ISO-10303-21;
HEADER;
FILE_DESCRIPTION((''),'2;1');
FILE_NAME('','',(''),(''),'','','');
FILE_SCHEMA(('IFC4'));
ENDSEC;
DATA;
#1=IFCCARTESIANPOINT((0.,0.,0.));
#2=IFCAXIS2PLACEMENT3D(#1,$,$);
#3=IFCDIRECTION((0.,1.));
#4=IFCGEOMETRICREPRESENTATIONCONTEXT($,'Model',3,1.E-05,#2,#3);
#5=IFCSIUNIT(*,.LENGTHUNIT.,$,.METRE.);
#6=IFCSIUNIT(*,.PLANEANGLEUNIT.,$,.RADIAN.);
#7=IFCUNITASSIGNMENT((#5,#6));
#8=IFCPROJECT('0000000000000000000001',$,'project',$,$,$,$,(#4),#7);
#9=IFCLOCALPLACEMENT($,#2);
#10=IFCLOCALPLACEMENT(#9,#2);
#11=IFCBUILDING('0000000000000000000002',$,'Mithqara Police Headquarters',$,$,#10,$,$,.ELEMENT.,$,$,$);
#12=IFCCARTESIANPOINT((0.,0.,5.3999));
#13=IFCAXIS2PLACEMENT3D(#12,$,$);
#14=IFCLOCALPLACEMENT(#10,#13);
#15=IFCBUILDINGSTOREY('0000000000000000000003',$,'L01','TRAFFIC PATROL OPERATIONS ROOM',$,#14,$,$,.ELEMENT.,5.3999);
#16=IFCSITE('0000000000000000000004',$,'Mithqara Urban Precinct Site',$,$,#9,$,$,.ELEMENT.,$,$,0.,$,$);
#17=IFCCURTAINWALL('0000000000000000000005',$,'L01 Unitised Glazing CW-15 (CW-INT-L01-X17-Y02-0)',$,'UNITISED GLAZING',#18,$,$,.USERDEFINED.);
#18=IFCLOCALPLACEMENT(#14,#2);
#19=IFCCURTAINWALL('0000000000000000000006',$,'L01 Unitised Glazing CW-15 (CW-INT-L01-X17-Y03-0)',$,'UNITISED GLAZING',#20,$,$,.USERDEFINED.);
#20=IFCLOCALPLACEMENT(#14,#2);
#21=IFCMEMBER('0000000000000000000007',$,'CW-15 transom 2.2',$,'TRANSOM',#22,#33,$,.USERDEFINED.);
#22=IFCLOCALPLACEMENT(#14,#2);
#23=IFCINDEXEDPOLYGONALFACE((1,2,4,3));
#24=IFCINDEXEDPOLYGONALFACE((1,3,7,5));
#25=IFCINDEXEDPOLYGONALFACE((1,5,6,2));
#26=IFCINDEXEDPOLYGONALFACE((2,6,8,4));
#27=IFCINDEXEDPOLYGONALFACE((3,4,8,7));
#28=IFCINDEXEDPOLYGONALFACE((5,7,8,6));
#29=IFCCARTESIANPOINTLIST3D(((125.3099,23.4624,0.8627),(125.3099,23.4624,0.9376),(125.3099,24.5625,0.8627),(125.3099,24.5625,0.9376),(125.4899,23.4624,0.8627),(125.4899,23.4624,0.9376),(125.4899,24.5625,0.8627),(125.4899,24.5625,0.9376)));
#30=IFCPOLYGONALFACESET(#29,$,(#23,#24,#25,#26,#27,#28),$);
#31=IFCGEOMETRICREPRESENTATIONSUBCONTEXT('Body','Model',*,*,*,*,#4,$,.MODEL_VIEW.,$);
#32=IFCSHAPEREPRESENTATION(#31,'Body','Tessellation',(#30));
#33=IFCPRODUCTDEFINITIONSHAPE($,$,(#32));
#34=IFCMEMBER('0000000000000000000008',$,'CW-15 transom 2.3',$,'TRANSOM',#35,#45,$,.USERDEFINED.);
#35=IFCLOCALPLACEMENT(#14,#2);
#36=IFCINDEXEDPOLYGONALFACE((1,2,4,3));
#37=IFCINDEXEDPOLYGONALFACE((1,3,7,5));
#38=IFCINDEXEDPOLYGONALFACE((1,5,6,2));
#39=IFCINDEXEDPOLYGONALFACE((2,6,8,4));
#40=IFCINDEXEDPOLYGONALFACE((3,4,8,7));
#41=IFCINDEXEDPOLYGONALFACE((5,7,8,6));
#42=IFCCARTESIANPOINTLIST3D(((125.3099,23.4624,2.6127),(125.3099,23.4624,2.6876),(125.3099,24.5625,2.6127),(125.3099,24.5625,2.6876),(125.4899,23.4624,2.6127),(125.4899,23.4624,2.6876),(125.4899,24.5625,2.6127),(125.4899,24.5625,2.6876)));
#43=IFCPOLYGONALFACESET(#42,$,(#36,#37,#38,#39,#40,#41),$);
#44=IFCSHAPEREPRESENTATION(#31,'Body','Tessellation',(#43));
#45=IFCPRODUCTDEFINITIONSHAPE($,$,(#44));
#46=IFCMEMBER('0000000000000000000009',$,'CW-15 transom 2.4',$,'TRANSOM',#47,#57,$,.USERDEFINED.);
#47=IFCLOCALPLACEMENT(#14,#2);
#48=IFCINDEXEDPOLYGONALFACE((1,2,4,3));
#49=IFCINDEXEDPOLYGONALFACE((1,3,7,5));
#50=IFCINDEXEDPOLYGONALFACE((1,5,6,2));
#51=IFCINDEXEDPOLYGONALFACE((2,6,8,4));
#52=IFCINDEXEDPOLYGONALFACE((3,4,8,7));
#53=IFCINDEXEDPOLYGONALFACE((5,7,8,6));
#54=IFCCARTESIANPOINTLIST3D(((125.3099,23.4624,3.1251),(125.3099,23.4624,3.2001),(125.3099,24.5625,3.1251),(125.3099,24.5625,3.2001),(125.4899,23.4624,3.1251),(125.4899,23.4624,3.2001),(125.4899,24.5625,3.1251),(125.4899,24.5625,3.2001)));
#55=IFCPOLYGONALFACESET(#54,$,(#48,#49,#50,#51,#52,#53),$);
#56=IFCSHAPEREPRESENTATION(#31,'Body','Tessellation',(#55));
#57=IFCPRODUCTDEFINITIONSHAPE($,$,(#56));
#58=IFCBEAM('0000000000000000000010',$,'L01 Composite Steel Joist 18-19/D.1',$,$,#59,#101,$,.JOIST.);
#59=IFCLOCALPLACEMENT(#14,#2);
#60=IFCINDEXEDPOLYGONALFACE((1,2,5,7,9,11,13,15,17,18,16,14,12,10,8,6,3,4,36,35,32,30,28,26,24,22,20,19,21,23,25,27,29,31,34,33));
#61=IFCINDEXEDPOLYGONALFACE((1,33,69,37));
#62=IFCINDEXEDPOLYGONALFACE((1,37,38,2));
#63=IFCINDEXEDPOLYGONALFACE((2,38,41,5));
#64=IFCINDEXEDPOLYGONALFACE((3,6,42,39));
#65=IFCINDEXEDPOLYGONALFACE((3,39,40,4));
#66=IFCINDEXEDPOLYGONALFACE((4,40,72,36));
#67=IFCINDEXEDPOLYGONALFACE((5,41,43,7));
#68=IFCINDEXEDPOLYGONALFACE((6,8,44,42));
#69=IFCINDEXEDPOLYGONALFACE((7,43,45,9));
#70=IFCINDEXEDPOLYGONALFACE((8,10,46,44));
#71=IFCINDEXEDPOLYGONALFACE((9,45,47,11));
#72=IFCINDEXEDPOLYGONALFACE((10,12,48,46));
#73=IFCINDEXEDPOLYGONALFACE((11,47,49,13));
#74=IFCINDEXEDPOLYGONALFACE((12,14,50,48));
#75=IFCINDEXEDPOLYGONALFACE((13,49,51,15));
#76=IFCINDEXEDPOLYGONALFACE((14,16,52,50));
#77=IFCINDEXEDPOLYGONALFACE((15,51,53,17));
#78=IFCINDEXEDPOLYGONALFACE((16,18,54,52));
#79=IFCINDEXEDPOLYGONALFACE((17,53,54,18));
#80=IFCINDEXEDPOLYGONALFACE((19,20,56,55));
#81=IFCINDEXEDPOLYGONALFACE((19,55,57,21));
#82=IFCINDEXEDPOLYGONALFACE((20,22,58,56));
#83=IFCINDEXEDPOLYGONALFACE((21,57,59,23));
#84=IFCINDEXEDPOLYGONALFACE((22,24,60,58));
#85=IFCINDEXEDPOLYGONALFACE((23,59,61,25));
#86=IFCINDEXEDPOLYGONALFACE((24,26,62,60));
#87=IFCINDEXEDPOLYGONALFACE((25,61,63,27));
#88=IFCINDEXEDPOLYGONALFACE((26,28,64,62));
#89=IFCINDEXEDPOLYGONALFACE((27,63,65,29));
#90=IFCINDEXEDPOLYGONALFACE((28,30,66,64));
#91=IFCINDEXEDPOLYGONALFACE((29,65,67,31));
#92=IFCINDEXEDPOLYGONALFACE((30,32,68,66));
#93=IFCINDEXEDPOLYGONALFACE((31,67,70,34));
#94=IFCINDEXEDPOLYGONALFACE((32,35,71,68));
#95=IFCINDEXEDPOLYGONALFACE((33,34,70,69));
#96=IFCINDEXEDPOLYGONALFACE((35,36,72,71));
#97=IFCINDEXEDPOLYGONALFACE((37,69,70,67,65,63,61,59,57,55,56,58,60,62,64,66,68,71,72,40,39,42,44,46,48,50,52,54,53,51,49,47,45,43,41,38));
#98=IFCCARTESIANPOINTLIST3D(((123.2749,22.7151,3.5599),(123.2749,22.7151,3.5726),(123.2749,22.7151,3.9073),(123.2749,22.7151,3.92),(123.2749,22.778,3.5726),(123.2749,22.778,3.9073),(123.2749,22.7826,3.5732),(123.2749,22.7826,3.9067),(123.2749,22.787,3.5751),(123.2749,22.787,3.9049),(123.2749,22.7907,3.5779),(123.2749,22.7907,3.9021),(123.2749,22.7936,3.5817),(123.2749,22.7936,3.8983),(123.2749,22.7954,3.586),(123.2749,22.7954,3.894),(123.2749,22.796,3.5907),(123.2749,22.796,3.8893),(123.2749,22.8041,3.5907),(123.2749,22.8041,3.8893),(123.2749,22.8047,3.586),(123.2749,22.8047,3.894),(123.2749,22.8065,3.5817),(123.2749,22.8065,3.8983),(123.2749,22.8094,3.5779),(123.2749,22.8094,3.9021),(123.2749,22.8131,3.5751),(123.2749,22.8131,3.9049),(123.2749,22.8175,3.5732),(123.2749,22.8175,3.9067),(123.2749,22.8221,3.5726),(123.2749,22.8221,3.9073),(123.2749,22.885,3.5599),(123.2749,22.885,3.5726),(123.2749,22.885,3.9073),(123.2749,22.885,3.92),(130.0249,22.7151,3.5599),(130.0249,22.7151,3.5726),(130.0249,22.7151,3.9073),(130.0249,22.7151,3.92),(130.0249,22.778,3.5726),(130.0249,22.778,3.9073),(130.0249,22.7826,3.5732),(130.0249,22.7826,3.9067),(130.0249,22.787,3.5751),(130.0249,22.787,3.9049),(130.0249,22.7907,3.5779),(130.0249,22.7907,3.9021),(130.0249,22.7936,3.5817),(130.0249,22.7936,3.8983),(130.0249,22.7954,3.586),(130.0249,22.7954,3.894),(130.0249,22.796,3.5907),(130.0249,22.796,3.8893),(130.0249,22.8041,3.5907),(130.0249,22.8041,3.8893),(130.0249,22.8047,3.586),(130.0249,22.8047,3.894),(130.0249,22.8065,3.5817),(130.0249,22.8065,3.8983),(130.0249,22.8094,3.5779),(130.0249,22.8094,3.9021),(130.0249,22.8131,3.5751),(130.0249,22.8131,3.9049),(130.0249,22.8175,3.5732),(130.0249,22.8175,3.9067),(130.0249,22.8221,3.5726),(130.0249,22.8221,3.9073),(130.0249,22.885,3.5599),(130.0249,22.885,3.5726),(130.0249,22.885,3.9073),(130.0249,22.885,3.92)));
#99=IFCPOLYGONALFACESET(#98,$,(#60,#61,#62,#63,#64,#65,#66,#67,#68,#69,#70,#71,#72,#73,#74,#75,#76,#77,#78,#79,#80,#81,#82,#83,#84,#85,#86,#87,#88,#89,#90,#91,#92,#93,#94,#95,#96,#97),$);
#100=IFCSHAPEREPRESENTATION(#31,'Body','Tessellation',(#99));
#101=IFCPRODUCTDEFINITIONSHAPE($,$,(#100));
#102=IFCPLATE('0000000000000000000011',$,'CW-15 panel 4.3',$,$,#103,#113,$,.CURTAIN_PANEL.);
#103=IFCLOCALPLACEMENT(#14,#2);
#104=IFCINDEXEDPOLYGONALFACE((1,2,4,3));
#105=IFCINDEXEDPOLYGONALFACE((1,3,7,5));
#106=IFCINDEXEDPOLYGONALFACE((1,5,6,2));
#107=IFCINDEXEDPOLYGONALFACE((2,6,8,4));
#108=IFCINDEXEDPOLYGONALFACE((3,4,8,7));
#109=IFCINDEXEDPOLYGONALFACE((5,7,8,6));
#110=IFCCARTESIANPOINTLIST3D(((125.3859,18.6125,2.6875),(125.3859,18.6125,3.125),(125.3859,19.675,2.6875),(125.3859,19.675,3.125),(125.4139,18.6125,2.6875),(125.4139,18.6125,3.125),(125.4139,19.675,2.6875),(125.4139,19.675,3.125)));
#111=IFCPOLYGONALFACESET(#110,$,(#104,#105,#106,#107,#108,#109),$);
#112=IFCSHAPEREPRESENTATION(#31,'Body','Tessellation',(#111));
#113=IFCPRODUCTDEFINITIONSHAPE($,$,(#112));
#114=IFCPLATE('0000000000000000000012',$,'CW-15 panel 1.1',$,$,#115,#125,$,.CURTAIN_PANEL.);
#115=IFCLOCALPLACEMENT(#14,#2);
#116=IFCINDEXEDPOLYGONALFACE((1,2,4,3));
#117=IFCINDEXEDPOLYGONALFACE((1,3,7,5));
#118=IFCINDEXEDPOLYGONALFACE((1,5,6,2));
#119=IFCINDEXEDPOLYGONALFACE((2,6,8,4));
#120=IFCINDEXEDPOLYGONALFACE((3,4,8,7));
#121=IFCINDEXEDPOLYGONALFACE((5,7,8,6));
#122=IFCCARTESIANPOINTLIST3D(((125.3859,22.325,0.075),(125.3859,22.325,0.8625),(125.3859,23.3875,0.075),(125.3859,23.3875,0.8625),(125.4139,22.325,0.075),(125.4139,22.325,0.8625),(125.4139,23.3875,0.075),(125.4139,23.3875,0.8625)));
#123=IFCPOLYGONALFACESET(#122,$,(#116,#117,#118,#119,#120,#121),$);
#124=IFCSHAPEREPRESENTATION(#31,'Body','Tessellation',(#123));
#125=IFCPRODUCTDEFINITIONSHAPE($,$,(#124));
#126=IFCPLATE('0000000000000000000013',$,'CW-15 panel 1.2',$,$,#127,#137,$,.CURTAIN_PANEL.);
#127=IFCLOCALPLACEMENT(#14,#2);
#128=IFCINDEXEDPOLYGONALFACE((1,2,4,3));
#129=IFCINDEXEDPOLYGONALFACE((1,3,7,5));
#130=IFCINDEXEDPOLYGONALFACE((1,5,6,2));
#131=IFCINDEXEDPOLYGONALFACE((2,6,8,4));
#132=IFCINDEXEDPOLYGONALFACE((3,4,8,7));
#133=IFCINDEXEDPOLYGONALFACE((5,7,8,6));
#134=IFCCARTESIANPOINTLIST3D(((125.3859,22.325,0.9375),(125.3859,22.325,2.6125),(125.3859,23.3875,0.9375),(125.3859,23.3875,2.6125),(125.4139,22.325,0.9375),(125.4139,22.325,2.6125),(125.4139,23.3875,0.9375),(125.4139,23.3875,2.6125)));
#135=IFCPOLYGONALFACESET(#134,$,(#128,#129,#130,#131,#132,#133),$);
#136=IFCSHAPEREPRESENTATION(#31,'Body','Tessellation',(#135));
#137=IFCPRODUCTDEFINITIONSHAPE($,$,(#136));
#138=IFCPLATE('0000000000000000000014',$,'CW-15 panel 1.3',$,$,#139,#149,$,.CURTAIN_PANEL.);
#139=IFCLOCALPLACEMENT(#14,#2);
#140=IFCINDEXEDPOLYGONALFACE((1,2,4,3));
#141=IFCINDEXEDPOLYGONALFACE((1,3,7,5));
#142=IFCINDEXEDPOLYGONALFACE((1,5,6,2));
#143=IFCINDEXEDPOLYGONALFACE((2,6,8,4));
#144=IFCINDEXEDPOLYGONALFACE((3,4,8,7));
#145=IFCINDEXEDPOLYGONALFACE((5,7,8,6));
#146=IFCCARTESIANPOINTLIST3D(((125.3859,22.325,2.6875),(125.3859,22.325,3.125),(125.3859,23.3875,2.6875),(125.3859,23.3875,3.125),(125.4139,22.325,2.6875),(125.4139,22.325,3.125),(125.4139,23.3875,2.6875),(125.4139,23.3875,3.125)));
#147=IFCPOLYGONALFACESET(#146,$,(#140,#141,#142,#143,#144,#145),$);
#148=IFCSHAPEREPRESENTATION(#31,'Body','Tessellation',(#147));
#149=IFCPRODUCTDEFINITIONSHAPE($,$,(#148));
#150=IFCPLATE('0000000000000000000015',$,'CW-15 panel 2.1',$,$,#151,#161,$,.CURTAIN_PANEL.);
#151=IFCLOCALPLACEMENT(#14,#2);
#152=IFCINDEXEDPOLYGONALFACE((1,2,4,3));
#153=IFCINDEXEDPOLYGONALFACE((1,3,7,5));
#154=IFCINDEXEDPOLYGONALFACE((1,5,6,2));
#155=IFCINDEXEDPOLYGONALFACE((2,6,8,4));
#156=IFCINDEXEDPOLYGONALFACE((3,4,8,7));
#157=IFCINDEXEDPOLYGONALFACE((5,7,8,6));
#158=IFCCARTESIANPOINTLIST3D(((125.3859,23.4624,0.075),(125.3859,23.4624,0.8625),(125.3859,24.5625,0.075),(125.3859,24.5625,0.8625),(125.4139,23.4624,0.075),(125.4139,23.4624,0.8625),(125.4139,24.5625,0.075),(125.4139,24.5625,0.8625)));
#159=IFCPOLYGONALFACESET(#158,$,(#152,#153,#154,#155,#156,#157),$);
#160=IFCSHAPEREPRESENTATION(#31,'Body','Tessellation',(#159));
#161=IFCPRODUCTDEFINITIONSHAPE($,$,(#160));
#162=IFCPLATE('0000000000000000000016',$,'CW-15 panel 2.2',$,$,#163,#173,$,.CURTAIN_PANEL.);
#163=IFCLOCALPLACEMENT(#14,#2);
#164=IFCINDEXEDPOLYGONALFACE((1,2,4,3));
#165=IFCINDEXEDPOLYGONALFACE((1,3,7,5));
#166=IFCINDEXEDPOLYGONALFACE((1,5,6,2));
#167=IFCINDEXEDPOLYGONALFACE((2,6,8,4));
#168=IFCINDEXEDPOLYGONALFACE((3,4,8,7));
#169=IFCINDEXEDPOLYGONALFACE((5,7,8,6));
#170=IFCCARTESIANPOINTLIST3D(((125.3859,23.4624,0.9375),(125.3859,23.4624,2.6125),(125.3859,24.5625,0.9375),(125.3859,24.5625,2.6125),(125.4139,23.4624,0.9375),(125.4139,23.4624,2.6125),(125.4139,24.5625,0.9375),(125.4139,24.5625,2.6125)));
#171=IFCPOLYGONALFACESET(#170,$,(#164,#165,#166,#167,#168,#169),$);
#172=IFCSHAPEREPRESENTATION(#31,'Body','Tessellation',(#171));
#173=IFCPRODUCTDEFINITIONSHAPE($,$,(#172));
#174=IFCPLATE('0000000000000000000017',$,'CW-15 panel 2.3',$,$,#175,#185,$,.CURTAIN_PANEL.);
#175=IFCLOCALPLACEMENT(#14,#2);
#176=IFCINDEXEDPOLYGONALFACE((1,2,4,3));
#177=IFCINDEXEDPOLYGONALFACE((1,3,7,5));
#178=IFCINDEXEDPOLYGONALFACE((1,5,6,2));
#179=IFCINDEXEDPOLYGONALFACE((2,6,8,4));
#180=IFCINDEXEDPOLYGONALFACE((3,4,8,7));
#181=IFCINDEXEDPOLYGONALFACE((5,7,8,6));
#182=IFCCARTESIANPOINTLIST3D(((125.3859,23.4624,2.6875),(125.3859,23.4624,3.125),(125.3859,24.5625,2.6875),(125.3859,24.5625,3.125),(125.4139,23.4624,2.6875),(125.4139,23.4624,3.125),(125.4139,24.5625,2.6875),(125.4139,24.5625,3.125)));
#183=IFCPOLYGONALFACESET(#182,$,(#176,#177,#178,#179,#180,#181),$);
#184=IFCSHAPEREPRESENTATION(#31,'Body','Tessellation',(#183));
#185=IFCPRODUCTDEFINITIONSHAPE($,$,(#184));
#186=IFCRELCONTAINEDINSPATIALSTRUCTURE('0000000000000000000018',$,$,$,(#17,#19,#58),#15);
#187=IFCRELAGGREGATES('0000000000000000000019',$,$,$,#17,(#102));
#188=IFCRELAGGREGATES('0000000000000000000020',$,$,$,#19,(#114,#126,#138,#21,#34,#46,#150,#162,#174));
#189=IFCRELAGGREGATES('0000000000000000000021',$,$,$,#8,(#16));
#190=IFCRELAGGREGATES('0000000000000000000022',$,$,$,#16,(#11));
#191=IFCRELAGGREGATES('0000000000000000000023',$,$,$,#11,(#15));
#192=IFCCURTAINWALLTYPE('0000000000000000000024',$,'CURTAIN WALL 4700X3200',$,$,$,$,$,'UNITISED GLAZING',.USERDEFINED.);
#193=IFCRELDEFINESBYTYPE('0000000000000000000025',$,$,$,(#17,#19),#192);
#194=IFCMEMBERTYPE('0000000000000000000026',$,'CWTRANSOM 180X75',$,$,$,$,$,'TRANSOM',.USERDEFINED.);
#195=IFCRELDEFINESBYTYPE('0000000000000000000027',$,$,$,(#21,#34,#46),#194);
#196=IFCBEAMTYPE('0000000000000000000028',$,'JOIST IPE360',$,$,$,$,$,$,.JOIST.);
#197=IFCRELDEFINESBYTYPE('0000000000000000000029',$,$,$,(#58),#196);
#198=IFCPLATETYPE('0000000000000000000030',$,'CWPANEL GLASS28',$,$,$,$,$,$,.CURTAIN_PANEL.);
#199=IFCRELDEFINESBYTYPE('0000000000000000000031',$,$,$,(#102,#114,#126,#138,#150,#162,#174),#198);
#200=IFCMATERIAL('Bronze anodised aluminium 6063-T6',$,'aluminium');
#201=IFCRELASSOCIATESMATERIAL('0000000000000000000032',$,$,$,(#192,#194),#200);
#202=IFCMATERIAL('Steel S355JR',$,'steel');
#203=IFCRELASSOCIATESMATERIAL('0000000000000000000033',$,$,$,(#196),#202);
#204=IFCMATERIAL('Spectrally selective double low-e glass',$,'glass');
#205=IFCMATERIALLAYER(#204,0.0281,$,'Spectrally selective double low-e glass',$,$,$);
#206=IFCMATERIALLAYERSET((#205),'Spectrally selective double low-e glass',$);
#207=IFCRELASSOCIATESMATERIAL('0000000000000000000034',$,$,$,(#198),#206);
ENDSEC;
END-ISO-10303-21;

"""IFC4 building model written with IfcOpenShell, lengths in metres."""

from ifc_helpers import new_model, si_unit, direction, frame, origin, origin_2d, place, context, subcontext, project, spatial, rectangle, i_section, extrude, material, layer, layer_set, material_profile, profile_set, type_object, element, aggregate, save


model = new_model("IFC4")

# Units and contexts
model_context = context("Model", 3, precision=1e-05, world=origin(), true_north=direction((0.0, 1.0)))
body_context = subcontext(model_context, "Body", "Model", "MODEL_VIEW")
ifc_project = project(units=[si_unit("LENGTHUNIT", "METRE"), si_unit("PLANEANGLEUNIT", "RADIAN")], contexts=[model_context])

# Site, building, storey
site_placement = place(None, origin())
site = spatial("IfcSite", under=ifc_project, at=site_placement, Name="Mithqara Urban Precinct Site", CompositionType="ELEMENT", RefElevation=0.0)
building_placement = place(site_placement, origin())
building = spatial("IfcBuilding", under=site, at=building_placement, Name="Mithqara Police Headquarters", CompositionType="ELEMENT")
storey_placement = place(building_placement, frame((0.0, 0.0, 5.3999)))
storey = spatial("IfcBuildingStorey", under=building, at=storey_placement, Name="L01", Description="TRAFFIC PATROL OPERATIONS ROOM", CompositionType="ELEMENT", Elevation=5.3999)

# Shared definitions
ifc_material_1 = material(Name="Steel S355JR", Category="steel")

# Curtain wall
ifc_material_2 = material(Name="Bronze anodised aluminium 6063-T6", Category="aluminium")
curtain_wall_type = type_object("IfcCurtainWallType", Name="CURTAIN WALL 4700X3200", ElementType="UNITISED GLAZING", PredefinedType="USERDEFINED", material=ifc_material_2)
curtain_wall_1_placement = place(storey_placement, origin())
curtain_wall_1 = element("IfcCurtainWall", 1, at=curtain_wall_1_placement, inside=storey, type_object=curtain_wall_type, Name="L01 Unitised Glazing CW-15 (CW-INT-L01-X17-Y02-0)", ObjectType="UNITISED GLAZING", PredefinedType="USERDEFINED")

# Curtain wall, members
curtain_wall_2_placement = place(storey_placement, origin())
curtain_wall_2 = element("IfcCurtainWall", 2, at=curtain_wall_2_placement, inside=storey, type_object=curtain_wall_type, Name="L01 Unitised Glazing CW-15 (CW-INT-L01-X17-Y03-0)", ObjectType="UNITISED GLAZING", PredefinedType="USERDEFINED")
ifc_material_profile_1 = material_profile(ifc_material_2, rectangle(XDim=0.1799, YDim=0.075, at=origin_2d()), Name="CWT 180x75")
ifc_profile_set_1 = profile_set([ifc_material_profile_1], Name="Bronze anodised aluminium 6063-T6")
member_type_1 = type_object("IfcMemberType", Name="CWTRANSOM 180X75", ElementType="TRANSOM", PredefinedType="USERDEFINED", material=ifc_profile_set_1)
member_1_placement = place(storey_placement, frame((125.3999, 23.4624, 0.9001), z_axis=(0.0, 1.0, 0.0), x_axis=(-1.0, 0.0, 0.0)))
member_1 = element("IfcMember", 3, at=member_1_placement, type_object=member_type_1, Name="CW-15 transom 2.2", ObjectType="TRANSOM", PredefinedType="USERDEFINED", context=body_context, shape_type="SweptSolid", body=[
    extrude(rectangle(XDim=0.1799, YDim=0.075, at=origin_2d()), origin(), (0.0, 0.0, 1.0), 1.1001),
])
member_2_placement = place(storey_placement, frame((125.3999, 23.4624, 2.6501), z_axis=(0.0, 1.0, 0.0), x_axis=(-1.0, 0.0, 0.0)))
member_2 = element("IfcMember", 4, at=member_2_placement, type_object=member_type_1, Name="CW-15 transom 2.3", ObjectType="TRANSOM", PredefinedType="USERDEFINED", context=body_context, shape_type="SweptSolid", body=[
    extrude(rectangle(XDim=0.1799, YDim=0.075, at=origin_2d()), origin(), (0.0, 0.0, 1.0), 1.1001),
])
member_3_placement = place(storey_placement, frame((125.3999, 23.4624, 3.1626), z_axis=(0.0, 1.0, 0.0), x_axis=(-1.0, 0.0, 0.0)))
member_3 = element("IfcMember", 5, at=member_3_placement, type_object=member_type_1, Name="CW-15 transom 2.4", ObjectType="TRANSOM", PredefinedType="USERDEFINED", context=body_context, shape_type="SweptSolid", body=[
    extrude(rectangle(XDim=0.1799, YDim=0.075, at=origin_2d()), origin(), (0.0, 0.0, 1.0), 1.1001),
])

# Beam
ifc_material_profile_2 = material_profile(ifc_material_1, i_section(OverallWidth=0.1699, OverallDepth=0.3601, WebThickness=0.0081, FlangeThickness=0.0127, FilletRadius=0.0181, at=origin_2d()), Name="IPE 360")
ifc_profile_set_2 = profile_set([ifc_material_profile_2], Name="Steel S355JR")
beam_type_1 = type_object("IfcBeamType", Name="JOIST IPE360", PredefinedType="JOIST", material=ifc_profile_set_2)
beam_1_placement = place(storey_placement, frame((123.2749, 22.8, 3.74), z_axis=(1.0, 0.0, 0.0), x_axis=(0.0, 1.0, 0.0)))
element("IfcBeam", 6, at=beam_1_placement, inside=storey, type_object=beam_type_1, Name="L01 Composite Steel Joist 18-19/D.1", PredefinedType="JOIST", context=body_context, shape_type="SweptSolid", body=[
    extrude(i_section(OverallWidth=0.1699, OverallDepth=0.3601, WebThickness=0.0081, FlangeThickness=0.0127, FilletRadius=0.0181, at=origin_2d()), origin(), (0.0, 0.0, 1.0), 6.75),
])

# Plates
ifc_material_3 = material(Name="Spectrally selective double low-e glass", Category="glass")
ifc_layer = layer(ifc_material_3, 0.0281, Name="Spectrally selective double low-e glass")
ifc_layer_set = layer_set([ifc_layer], Name="Spectrally selective double low-e glass")
plate_type = type_object("IfcPlateType", Name="CWPANEL GLASS28", PredefinedType="CURTAIN_PANEL", material=ifc_layer_set)
plate_1_placement = place(storey_placement, frame((125.3999, 19.1438, 2.6875), z_axis=(0.0, 0.0, 1.0), x_axis=(0.0, 1.0, 0.0)))
plate_1 = element("IfcPlate", 7, at=plate_1_placement, type_object=plate_type, Name="CW-15 panel 4.3", PredefinedType="CURTAIN_PANEL", context=body_context, shape_type="SweptSolid", body=[
    extrude(rectangle(XDim=1.0625, YDim=0.0281, at=origin_2d()), origin(), (0.0, 0.0, 1.0), 0.4375),
])
aggregate(curtain_wall_1, [plate_1])
plate_2_placement = place(storey_placement, frame((125.3999, 22.8562, 0.075), z_axis=(0.0, 0.0, 1.0), x_axis=(0.0, 1.0, 0.0)))
plate_2 = element("IfcPlate", 8, at=plate_2_placement, type_object=plate_type, Name="CW-15 panel 1.1", PredefinedType="CURTAIN_PANEL", context=body_context, shape_type="SweptSolid", body=[
    extrude(rectangle(XDim=1.0625, YDim=0.0281, at=origin_2d()), origin(), (0.0, 0.0, 1.0), 0.7876),
])
plate_3_placement = place(storey_placement, frame((125.3999, 22.8562, 0.9375), z_axis=(0.0, 0.0, 1.0), x_axis=(0.0, 1.0, 0.0)))
plate_3 = element("IfcPlate", 9, at=plate_3_placement, type_object=plate_type, Name="CW-15 panel 1.2", PredefinedType="CURTAIN_PANEL", context=body_context, shape_type="SweptSolid", body=[
    extrude(rectangle(XDim=1.0625, YDim=0.0281, at=origin_2d()), origin(), (0.0, 0.0, 1.0), 1.675),
])
plate_4_placement = place(storey_placement, frame((125.3999, 22.8562, 2.6875), z_axis=(0.0, 0.0, 1.0), x_axis=(0.0, 1.0, 0.0)))
plate_4 = element("IfcPlate", 10, at=plate_4_placement, type_object=plate_type, Name="CW-15 panel 1.3", PredefinedType="CURTAIN_PANEL", context=body_context, shape_type="SweptSolid", body=[
    extrude(rectangle(XDim=1.0625, YDim=0.0281, at=origin_2d()), origin(), (0.0, 0.0, 1.0), 0.4375),
])
plate_5_placement = place(storey_placement, frame((125.3999, 24.0125, 0.075), z_axis=(0.0, 0.0, 1.0), x_axis=(0.0, 1.0, 0.0)))
plate_5 = element("IfcPlate", 11, at=plate_5_placement, type_object=plate_type, Name="CW-15 panel 2.1", PredefinedType="CURTAIN_PANEL", context=body_context, shape_type="SweptSolid", body=[
    extrude(rectangle(XDim=1.1001, YDim=0.0281, at=origin_2d()), origin(), (0.0, 0.0, 1.0), 0.7876),
])
plate_6_placement = place(storey_placement, frame((125.3999, 24.0125, 0.9375), z_axis=(0.0, 0.0, 1.0), x_axis=(0.0, 1.0, 0.0)))
plate_6 = element("IfcPlate", 12, at=plate_6_placement, type_object=plate_type, Name="CW-15 panel 2.2", PredefinedType="CURTAIN_PANEL", context=body_context, shape_type="SweptSolid", body=[
    extrude(rectangle(XDim=1.1001, YDim=0.0281, at=origin_2d()), origin(), (0.0, 0.0, 1.0), 1.675),
])
plate_7_placement = place(storey_placement, frame((125.3999, 24.0125, 2.6875), z_axis=(0.0, 0.0, 1.0), x_axis=(0.0, 1.0, 0.0)))
plate_7 = element("IfcPlate", 13, at=plate_7_placement, type_object=plate_type, Name="CW-15 panel 2.3", PredefinedType="CURTAIN_PANEL", context=body_context, shape_type="SweptSolid", body=[
    extrude(rectangle(XDim=1.1001, YDim=0.0281, at=origin_2d()), origin(), (0.0, 0.0, 1.0), 0.4375),
])
aggregate(curtain_wall_2, [plate_2, plate_3, plate_4, member_1, member_2, member_3, plate_5, plate_6, plate_7])

save(model, "model.ifc")
